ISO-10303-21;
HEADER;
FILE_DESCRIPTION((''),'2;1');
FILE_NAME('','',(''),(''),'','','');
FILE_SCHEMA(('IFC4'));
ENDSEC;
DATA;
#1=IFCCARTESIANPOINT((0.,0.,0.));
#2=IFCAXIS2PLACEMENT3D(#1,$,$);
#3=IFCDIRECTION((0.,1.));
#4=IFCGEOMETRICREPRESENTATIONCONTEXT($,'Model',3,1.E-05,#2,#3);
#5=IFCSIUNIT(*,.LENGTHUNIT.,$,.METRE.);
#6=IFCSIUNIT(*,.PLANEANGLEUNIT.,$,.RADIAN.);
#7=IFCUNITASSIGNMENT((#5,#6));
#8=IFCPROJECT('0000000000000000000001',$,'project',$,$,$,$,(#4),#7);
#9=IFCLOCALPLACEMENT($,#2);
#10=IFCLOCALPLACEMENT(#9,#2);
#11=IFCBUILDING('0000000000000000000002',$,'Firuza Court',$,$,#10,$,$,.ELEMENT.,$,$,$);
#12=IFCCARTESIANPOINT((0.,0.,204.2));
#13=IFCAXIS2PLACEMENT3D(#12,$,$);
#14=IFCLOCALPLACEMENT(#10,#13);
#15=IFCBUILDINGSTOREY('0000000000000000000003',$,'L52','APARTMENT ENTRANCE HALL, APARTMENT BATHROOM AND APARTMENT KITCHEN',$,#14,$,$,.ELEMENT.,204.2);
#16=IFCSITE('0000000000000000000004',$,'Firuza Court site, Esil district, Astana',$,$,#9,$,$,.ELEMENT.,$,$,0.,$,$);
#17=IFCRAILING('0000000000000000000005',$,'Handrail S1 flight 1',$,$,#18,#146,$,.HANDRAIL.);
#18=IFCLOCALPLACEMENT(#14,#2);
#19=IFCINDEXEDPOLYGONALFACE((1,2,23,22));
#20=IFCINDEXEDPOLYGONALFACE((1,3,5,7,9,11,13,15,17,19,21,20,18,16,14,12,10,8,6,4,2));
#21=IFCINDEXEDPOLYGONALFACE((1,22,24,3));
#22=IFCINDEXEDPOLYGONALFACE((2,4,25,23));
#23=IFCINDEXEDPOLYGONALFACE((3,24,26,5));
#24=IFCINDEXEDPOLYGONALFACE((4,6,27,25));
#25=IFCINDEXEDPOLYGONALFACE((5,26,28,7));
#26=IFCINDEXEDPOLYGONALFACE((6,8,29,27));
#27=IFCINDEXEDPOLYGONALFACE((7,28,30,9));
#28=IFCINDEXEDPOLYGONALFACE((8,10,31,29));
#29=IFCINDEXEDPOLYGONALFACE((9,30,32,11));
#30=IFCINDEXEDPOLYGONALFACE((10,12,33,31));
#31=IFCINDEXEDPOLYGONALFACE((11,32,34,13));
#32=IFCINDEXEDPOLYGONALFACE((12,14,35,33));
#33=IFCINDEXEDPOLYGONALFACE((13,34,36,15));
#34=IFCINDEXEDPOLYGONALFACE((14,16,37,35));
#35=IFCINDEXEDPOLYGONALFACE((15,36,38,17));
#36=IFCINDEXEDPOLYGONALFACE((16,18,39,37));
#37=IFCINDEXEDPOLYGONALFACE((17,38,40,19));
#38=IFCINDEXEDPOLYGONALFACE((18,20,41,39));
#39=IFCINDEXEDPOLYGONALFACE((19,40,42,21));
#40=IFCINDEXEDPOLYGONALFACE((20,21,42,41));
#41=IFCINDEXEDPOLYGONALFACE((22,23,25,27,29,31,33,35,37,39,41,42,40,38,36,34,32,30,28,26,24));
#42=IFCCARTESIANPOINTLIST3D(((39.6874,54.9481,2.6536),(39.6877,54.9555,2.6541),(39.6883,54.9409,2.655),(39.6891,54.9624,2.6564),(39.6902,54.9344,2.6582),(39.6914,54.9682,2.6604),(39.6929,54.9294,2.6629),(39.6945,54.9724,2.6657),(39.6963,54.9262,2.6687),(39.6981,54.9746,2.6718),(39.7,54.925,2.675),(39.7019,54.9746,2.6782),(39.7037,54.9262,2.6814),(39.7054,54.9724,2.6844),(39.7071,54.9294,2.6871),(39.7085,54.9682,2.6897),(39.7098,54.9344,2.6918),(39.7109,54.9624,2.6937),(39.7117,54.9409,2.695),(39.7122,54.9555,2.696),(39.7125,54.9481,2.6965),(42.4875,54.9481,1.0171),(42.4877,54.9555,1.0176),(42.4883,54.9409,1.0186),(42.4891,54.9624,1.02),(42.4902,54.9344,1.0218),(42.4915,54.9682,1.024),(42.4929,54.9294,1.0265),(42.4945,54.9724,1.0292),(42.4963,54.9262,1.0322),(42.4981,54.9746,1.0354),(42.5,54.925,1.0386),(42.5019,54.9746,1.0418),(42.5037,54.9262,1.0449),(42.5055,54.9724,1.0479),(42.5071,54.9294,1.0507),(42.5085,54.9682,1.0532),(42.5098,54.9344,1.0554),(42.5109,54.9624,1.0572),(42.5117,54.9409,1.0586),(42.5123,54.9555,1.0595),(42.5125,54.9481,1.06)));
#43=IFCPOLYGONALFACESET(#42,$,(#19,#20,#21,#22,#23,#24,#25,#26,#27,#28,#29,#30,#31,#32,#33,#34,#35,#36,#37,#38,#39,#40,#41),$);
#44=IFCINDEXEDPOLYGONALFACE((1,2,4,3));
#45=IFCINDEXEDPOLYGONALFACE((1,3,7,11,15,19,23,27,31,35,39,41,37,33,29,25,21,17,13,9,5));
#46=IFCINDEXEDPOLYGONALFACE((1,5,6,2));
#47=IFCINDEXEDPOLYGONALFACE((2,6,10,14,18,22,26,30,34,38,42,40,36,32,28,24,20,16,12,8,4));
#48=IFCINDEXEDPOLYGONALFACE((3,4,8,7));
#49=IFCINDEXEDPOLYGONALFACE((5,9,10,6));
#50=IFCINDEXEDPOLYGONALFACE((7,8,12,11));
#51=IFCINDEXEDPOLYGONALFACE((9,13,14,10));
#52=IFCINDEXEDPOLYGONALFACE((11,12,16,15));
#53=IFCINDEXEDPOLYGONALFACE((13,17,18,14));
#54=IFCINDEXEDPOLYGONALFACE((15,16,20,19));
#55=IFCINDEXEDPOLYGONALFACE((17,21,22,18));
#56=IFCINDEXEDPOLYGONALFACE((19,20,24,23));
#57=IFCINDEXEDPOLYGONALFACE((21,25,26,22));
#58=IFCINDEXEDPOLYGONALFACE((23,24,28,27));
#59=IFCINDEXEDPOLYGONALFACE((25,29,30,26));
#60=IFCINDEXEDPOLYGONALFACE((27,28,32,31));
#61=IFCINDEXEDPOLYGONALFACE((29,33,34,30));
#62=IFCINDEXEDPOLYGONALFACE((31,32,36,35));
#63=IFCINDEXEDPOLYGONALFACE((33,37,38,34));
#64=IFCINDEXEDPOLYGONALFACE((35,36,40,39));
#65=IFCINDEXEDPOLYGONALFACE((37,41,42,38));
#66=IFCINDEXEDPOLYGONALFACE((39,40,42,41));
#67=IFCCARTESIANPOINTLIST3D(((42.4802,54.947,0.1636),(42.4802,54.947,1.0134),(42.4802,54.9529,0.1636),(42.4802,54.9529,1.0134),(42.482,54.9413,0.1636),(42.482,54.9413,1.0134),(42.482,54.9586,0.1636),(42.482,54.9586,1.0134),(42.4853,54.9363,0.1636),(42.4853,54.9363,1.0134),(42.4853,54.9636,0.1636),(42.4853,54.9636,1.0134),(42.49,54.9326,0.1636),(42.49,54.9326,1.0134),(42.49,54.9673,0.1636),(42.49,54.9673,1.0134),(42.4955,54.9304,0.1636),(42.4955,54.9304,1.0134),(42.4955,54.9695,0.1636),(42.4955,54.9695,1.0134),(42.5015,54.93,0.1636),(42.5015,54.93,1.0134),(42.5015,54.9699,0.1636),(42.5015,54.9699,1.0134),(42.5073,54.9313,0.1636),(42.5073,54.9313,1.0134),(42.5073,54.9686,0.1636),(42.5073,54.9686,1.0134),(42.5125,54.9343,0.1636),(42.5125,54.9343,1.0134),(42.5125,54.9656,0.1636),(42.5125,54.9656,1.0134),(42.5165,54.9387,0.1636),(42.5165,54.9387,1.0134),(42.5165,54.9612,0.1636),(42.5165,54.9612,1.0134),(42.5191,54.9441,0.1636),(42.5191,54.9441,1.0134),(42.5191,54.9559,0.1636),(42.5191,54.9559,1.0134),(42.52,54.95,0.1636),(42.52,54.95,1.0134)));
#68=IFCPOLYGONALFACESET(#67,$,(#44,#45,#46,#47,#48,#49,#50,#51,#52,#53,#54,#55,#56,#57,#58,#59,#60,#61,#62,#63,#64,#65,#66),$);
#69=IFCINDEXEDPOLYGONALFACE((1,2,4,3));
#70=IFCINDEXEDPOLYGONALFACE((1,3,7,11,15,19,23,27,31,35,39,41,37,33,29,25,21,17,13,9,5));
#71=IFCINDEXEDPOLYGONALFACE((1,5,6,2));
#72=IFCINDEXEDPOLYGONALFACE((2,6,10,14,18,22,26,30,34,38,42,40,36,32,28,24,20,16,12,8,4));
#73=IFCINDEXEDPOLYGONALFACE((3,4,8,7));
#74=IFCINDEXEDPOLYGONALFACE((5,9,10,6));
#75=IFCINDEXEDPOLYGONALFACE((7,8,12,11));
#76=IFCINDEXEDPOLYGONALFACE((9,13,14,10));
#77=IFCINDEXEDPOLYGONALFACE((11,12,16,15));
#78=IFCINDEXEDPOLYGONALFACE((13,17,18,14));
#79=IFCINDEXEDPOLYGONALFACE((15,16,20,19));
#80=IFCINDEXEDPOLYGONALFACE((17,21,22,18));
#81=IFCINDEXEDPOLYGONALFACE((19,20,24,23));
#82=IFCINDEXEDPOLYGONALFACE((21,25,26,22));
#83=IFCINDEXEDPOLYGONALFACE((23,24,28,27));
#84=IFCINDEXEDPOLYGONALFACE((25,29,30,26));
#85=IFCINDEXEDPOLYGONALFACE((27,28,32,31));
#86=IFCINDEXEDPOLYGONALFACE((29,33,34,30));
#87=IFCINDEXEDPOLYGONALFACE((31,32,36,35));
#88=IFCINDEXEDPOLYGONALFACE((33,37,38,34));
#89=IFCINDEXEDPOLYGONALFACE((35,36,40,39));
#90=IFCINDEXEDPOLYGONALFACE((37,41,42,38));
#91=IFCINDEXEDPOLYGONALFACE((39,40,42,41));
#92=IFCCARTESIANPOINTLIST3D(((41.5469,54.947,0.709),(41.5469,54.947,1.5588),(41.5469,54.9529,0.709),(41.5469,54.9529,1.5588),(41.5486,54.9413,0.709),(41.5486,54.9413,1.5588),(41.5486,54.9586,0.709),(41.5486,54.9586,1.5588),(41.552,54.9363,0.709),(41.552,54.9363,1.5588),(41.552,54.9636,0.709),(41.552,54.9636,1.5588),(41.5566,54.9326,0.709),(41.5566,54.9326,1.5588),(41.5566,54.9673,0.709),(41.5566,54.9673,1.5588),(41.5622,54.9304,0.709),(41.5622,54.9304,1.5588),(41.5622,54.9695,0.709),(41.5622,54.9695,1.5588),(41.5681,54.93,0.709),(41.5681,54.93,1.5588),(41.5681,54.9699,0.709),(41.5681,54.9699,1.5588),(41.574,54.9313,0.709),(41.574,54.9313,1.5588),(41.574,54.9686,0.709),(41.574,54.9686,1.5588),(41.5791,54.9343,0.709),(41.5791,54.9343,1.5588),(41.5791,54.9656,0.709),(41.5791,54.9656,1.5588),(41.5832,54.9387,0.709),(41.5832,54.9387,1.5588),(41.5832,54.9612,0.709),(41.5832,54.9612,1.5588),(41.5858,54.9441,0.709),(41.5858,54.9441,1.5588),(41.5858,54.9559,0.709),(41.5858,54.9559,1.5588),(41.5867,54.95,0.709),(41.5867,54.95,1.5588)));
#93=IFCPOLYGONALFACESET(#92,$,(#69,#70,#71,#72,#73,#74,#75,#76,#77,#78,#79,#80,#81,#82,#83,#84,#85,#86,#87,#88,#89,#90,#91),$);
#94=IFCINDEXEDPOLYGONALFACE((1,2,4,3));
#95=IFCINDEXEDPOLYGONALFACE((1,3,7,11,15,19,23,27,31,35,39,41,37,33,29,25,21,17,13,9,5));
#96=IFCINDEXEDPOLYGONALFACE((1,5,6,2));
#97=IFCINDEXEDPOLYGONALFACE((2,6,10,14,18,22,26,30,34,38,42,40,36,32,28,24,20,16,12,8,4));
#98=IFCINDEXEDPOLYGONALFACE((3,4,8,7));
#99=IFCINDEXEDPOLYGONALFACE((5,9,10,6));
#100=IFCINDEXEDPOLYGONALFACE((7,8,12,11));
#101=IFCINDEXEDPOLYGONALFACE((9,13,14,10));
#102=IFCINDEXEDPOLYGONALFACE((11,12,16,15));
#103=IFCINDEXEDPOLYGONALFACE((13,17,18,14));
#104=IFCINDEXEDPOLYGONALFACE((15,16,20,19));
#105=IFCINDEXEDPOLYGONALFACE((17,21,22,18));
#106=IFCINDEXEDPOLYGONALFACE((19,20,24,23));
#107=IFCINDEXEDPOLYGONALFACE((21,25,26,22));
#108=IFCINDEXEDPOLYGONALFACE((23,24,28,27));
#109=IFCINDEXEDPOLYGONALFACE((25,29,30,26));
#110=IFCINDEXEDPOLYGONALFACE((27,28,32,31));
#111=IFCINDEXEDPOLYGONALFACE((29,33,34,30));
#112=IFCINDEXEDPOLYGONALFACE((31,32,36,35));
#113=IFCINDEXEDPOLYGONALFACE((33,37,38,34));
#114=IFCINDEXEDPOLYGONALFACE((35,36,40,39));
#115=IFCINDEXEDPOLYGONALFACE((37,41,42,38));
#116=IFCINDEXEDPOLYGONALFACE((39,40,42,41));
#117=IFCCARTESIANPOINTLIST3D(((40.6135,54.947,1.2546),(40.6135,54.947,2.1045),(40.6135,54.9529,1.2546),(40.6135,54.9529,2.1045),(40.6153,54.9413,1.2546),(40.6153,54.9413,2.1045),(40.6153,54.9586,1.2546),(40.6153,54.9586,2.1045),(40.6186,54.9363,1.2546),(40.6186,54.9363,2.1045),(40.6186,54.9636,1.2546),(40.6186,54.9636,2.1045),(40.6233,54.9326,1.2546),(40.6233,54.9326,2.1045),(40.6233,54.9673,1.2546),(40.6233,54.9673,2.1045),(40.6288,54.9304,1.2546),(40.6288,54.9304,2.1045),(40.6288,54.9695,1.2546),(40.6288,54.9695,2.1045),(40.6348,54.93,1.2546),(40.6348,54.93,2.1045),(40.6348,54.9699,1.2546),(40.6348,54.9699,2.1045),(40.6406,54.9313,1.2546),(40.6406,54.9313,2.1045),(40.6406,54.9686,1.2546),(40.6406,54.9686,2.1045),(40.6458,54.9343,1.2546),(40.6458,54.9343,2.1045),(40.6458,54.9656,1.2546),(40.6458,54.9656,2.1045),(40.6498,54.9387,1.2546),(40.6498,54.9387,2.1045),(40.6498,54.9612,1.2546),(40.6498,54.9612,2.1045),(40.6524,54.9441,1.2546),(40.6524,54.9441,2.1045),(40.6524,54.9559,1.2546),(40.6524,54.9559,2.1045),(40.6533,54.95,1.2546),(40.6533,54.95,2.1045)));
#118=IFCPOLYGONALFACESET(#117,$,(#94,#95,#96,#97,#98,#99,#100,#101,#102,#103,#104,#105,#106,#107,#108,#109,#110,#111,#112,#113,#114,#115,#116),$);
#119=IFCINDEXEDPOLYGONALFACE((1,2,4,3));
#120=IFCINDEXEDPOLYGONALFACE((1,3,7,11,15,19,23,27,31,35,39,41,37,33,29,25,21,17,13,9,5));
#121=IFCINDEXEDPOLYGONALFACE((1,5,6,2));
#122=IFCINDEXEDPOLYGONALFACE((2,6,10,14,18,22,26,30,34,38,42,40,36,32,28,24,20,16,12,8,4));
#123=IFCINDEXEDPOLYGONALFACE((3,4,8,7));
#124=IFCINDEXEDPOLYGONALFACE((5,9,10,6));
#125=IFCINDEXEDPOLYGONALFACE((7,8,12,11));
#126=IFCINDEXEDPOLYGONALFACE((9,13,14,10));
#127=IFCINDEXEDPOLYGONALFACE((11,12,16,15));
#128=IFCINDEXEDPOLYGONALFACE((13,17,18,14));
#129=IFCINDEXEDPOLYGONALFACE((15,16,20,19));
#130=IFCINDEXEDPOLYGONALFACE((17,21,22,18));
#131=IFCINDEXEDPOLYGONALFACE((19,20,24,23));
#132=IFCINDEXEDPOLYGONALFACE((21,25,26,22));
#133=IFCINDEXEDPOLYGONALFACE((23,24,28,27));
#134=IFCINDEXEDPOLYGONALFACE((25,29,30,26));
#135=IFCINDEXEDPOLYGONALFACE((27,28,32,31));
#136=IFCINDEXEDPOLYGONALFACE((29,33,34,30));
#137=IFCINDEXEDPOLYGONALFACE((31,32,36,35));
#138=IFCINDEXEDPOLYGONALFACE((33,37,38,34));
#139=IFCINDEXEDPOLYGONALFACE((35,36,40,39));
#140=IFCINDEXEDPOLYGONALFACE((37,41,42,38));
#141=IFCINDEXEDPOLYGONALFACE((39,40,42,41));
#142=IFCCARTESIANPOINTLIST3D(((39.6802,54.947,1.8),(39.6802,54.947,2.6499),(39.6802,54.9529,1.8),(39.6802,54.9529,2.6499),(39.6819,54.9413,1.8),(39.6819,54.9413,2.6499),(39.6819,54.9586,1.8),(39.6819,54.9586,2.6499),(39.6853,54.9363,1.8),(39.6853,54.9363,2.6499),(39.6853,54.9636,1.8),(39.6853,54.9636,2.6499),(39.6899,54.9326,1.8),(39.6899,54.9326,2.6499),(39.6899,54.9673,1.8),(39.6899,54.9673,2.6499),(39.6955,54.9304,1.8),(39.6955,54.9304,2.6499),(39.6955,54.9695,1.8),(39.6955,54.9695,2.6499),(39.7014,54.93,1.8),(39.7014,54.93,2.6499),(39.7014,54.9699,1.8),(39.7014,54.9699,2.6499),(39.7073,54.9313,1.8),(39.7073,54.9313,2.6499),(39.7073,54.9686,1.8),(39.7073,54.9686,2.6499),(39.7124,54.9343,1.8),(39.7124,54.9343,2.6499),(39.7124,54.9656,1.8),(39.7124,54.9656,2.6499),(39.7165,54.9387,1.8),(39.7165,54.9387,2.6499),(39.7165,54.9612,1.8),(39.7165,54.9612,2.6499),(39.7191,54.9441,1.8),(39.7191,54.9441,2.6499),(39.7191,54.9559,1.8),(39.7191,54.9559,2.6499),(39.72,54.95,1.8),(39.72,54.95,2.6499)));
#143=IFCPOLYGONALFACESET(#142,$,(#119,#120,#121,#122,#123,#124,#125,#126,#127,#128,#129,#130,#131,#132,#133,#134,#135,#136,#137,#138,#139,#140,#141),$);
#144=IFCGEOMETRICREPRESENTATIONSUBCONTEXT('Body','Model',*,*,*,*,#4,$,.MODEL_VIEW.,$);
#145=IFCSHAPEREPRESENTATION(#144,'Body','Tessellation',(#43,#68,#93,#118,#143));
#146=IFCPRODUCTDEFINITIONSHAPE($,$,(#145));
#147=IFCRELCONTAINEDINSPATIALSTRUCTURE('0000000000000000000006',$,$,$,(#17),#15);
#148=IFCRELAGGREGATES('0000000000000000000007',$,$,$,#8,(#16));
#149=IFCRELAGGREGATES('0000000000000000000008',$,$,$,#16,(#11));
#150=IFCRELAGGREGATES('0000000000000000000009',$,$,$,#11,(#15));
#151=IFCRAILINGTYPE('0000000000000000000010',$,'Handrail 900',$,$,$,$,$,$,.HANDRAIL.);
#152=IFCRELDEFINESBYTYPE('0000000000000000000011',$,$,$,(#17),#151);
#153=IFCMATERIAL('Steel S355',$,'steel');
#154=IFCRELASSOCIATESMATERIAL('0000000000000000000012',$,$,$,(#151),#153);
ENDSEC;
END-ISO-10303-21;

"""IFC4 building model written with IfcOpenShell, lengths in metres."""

from ifc_helpers import new_model, si_unit, direction, frame, origin, origin_2d, place, context, subcontext, project, spatial, circle, extrude, material, type_object, element, save


model = new_model("IFC4")

# Units and contexts
model_context = context("Model", 3, precision=1e-05, world=origin(), true_north=direction((0.0, 1.0)))
body_context = subcontext(model_context, "Body", "Model", "MODEL_VIEW")
ifc_project = project(units=[si_unit("LENGTHUNIT", "METRE"), si_unit("PLANEANGLEUNIT", "RADIAN")], contexts=[model_context])

# Site, building, storey
site_placement = place(None, origin())
site = spatial("IfcSite", under=ifc_project, at=site_placement, Name="Firuza Court site, Esil district, Astana", CompositionType="ELEMENT", RefElevation=0.0)
building_placement = place(site_placement, origin())
building = spatial("IfcBuilding", under=site, at=building_placement, Name="Firuza Court", CompositionType="ELEMENT")
storey_placement = place(building_placement, frame((0.0, 0.0, 204.2)))
storey = spatial("IfcBuildingStorey", under=building, at=storey_placement, Name="L52", Description="APARTMENT ENTRANCE HALL, APARTMENT BATHROOM AND APARTMENT KITCHEN", CompositionType="ELEMENT", Elevation=204.2)

# Railing
ifc_material_1 = material(Name="Steel S355", Category="steel")
railing_type_1 = type_object("IfcRailingType", Name="Handrail 900", PredefinedType="HANDRAIL", material=ifc_material_1)
railing_1_placement = place(storey_placement, frame((42.5, 54.95, 0.1636)))
element("IfcRailing", 1, at=railing_1_placement, inside=storey, type_object=railing_type_1, Name="Handrail S1 flight 1", PredefinedType="HANDRAIL", context=body_context, shape_type="SweptSolid", body=[
    extrude(circle(Radius=0.0249, at=origin_2d()), frame((0.0, 0.0, 0.875), z_axis=(-0.863361, 0.0, 0.504587), x_axis=(0.0, -1.0, 0.0)), (0.0, 0.0, 1.0), 3.2432),
    extrude(circle(Radius=0.02, at=origin_2d()), origin(), (0.0, 0.0, 1.0), 0.8499),
    extrude(circle(Radius=0.02, at=origin_2d()), frame((-0.9333, 0.0, 0.5454)), (0.0, 0.0, 1.0), 0.8499),
    extrude(circle(Radius=0.02, at=origin_2d()), frame((-1.8667, 0.0, 1.0911)), (0.0, 0.0, 1.0), 0.8499),
    extrude(circle(Radius=0.02, at=origin_2d()), frame((-2.8, 0.0, 1.6365)), (0.0, 0.0, 1.0), 0.8499),
])

save(model, "model.ifc")
